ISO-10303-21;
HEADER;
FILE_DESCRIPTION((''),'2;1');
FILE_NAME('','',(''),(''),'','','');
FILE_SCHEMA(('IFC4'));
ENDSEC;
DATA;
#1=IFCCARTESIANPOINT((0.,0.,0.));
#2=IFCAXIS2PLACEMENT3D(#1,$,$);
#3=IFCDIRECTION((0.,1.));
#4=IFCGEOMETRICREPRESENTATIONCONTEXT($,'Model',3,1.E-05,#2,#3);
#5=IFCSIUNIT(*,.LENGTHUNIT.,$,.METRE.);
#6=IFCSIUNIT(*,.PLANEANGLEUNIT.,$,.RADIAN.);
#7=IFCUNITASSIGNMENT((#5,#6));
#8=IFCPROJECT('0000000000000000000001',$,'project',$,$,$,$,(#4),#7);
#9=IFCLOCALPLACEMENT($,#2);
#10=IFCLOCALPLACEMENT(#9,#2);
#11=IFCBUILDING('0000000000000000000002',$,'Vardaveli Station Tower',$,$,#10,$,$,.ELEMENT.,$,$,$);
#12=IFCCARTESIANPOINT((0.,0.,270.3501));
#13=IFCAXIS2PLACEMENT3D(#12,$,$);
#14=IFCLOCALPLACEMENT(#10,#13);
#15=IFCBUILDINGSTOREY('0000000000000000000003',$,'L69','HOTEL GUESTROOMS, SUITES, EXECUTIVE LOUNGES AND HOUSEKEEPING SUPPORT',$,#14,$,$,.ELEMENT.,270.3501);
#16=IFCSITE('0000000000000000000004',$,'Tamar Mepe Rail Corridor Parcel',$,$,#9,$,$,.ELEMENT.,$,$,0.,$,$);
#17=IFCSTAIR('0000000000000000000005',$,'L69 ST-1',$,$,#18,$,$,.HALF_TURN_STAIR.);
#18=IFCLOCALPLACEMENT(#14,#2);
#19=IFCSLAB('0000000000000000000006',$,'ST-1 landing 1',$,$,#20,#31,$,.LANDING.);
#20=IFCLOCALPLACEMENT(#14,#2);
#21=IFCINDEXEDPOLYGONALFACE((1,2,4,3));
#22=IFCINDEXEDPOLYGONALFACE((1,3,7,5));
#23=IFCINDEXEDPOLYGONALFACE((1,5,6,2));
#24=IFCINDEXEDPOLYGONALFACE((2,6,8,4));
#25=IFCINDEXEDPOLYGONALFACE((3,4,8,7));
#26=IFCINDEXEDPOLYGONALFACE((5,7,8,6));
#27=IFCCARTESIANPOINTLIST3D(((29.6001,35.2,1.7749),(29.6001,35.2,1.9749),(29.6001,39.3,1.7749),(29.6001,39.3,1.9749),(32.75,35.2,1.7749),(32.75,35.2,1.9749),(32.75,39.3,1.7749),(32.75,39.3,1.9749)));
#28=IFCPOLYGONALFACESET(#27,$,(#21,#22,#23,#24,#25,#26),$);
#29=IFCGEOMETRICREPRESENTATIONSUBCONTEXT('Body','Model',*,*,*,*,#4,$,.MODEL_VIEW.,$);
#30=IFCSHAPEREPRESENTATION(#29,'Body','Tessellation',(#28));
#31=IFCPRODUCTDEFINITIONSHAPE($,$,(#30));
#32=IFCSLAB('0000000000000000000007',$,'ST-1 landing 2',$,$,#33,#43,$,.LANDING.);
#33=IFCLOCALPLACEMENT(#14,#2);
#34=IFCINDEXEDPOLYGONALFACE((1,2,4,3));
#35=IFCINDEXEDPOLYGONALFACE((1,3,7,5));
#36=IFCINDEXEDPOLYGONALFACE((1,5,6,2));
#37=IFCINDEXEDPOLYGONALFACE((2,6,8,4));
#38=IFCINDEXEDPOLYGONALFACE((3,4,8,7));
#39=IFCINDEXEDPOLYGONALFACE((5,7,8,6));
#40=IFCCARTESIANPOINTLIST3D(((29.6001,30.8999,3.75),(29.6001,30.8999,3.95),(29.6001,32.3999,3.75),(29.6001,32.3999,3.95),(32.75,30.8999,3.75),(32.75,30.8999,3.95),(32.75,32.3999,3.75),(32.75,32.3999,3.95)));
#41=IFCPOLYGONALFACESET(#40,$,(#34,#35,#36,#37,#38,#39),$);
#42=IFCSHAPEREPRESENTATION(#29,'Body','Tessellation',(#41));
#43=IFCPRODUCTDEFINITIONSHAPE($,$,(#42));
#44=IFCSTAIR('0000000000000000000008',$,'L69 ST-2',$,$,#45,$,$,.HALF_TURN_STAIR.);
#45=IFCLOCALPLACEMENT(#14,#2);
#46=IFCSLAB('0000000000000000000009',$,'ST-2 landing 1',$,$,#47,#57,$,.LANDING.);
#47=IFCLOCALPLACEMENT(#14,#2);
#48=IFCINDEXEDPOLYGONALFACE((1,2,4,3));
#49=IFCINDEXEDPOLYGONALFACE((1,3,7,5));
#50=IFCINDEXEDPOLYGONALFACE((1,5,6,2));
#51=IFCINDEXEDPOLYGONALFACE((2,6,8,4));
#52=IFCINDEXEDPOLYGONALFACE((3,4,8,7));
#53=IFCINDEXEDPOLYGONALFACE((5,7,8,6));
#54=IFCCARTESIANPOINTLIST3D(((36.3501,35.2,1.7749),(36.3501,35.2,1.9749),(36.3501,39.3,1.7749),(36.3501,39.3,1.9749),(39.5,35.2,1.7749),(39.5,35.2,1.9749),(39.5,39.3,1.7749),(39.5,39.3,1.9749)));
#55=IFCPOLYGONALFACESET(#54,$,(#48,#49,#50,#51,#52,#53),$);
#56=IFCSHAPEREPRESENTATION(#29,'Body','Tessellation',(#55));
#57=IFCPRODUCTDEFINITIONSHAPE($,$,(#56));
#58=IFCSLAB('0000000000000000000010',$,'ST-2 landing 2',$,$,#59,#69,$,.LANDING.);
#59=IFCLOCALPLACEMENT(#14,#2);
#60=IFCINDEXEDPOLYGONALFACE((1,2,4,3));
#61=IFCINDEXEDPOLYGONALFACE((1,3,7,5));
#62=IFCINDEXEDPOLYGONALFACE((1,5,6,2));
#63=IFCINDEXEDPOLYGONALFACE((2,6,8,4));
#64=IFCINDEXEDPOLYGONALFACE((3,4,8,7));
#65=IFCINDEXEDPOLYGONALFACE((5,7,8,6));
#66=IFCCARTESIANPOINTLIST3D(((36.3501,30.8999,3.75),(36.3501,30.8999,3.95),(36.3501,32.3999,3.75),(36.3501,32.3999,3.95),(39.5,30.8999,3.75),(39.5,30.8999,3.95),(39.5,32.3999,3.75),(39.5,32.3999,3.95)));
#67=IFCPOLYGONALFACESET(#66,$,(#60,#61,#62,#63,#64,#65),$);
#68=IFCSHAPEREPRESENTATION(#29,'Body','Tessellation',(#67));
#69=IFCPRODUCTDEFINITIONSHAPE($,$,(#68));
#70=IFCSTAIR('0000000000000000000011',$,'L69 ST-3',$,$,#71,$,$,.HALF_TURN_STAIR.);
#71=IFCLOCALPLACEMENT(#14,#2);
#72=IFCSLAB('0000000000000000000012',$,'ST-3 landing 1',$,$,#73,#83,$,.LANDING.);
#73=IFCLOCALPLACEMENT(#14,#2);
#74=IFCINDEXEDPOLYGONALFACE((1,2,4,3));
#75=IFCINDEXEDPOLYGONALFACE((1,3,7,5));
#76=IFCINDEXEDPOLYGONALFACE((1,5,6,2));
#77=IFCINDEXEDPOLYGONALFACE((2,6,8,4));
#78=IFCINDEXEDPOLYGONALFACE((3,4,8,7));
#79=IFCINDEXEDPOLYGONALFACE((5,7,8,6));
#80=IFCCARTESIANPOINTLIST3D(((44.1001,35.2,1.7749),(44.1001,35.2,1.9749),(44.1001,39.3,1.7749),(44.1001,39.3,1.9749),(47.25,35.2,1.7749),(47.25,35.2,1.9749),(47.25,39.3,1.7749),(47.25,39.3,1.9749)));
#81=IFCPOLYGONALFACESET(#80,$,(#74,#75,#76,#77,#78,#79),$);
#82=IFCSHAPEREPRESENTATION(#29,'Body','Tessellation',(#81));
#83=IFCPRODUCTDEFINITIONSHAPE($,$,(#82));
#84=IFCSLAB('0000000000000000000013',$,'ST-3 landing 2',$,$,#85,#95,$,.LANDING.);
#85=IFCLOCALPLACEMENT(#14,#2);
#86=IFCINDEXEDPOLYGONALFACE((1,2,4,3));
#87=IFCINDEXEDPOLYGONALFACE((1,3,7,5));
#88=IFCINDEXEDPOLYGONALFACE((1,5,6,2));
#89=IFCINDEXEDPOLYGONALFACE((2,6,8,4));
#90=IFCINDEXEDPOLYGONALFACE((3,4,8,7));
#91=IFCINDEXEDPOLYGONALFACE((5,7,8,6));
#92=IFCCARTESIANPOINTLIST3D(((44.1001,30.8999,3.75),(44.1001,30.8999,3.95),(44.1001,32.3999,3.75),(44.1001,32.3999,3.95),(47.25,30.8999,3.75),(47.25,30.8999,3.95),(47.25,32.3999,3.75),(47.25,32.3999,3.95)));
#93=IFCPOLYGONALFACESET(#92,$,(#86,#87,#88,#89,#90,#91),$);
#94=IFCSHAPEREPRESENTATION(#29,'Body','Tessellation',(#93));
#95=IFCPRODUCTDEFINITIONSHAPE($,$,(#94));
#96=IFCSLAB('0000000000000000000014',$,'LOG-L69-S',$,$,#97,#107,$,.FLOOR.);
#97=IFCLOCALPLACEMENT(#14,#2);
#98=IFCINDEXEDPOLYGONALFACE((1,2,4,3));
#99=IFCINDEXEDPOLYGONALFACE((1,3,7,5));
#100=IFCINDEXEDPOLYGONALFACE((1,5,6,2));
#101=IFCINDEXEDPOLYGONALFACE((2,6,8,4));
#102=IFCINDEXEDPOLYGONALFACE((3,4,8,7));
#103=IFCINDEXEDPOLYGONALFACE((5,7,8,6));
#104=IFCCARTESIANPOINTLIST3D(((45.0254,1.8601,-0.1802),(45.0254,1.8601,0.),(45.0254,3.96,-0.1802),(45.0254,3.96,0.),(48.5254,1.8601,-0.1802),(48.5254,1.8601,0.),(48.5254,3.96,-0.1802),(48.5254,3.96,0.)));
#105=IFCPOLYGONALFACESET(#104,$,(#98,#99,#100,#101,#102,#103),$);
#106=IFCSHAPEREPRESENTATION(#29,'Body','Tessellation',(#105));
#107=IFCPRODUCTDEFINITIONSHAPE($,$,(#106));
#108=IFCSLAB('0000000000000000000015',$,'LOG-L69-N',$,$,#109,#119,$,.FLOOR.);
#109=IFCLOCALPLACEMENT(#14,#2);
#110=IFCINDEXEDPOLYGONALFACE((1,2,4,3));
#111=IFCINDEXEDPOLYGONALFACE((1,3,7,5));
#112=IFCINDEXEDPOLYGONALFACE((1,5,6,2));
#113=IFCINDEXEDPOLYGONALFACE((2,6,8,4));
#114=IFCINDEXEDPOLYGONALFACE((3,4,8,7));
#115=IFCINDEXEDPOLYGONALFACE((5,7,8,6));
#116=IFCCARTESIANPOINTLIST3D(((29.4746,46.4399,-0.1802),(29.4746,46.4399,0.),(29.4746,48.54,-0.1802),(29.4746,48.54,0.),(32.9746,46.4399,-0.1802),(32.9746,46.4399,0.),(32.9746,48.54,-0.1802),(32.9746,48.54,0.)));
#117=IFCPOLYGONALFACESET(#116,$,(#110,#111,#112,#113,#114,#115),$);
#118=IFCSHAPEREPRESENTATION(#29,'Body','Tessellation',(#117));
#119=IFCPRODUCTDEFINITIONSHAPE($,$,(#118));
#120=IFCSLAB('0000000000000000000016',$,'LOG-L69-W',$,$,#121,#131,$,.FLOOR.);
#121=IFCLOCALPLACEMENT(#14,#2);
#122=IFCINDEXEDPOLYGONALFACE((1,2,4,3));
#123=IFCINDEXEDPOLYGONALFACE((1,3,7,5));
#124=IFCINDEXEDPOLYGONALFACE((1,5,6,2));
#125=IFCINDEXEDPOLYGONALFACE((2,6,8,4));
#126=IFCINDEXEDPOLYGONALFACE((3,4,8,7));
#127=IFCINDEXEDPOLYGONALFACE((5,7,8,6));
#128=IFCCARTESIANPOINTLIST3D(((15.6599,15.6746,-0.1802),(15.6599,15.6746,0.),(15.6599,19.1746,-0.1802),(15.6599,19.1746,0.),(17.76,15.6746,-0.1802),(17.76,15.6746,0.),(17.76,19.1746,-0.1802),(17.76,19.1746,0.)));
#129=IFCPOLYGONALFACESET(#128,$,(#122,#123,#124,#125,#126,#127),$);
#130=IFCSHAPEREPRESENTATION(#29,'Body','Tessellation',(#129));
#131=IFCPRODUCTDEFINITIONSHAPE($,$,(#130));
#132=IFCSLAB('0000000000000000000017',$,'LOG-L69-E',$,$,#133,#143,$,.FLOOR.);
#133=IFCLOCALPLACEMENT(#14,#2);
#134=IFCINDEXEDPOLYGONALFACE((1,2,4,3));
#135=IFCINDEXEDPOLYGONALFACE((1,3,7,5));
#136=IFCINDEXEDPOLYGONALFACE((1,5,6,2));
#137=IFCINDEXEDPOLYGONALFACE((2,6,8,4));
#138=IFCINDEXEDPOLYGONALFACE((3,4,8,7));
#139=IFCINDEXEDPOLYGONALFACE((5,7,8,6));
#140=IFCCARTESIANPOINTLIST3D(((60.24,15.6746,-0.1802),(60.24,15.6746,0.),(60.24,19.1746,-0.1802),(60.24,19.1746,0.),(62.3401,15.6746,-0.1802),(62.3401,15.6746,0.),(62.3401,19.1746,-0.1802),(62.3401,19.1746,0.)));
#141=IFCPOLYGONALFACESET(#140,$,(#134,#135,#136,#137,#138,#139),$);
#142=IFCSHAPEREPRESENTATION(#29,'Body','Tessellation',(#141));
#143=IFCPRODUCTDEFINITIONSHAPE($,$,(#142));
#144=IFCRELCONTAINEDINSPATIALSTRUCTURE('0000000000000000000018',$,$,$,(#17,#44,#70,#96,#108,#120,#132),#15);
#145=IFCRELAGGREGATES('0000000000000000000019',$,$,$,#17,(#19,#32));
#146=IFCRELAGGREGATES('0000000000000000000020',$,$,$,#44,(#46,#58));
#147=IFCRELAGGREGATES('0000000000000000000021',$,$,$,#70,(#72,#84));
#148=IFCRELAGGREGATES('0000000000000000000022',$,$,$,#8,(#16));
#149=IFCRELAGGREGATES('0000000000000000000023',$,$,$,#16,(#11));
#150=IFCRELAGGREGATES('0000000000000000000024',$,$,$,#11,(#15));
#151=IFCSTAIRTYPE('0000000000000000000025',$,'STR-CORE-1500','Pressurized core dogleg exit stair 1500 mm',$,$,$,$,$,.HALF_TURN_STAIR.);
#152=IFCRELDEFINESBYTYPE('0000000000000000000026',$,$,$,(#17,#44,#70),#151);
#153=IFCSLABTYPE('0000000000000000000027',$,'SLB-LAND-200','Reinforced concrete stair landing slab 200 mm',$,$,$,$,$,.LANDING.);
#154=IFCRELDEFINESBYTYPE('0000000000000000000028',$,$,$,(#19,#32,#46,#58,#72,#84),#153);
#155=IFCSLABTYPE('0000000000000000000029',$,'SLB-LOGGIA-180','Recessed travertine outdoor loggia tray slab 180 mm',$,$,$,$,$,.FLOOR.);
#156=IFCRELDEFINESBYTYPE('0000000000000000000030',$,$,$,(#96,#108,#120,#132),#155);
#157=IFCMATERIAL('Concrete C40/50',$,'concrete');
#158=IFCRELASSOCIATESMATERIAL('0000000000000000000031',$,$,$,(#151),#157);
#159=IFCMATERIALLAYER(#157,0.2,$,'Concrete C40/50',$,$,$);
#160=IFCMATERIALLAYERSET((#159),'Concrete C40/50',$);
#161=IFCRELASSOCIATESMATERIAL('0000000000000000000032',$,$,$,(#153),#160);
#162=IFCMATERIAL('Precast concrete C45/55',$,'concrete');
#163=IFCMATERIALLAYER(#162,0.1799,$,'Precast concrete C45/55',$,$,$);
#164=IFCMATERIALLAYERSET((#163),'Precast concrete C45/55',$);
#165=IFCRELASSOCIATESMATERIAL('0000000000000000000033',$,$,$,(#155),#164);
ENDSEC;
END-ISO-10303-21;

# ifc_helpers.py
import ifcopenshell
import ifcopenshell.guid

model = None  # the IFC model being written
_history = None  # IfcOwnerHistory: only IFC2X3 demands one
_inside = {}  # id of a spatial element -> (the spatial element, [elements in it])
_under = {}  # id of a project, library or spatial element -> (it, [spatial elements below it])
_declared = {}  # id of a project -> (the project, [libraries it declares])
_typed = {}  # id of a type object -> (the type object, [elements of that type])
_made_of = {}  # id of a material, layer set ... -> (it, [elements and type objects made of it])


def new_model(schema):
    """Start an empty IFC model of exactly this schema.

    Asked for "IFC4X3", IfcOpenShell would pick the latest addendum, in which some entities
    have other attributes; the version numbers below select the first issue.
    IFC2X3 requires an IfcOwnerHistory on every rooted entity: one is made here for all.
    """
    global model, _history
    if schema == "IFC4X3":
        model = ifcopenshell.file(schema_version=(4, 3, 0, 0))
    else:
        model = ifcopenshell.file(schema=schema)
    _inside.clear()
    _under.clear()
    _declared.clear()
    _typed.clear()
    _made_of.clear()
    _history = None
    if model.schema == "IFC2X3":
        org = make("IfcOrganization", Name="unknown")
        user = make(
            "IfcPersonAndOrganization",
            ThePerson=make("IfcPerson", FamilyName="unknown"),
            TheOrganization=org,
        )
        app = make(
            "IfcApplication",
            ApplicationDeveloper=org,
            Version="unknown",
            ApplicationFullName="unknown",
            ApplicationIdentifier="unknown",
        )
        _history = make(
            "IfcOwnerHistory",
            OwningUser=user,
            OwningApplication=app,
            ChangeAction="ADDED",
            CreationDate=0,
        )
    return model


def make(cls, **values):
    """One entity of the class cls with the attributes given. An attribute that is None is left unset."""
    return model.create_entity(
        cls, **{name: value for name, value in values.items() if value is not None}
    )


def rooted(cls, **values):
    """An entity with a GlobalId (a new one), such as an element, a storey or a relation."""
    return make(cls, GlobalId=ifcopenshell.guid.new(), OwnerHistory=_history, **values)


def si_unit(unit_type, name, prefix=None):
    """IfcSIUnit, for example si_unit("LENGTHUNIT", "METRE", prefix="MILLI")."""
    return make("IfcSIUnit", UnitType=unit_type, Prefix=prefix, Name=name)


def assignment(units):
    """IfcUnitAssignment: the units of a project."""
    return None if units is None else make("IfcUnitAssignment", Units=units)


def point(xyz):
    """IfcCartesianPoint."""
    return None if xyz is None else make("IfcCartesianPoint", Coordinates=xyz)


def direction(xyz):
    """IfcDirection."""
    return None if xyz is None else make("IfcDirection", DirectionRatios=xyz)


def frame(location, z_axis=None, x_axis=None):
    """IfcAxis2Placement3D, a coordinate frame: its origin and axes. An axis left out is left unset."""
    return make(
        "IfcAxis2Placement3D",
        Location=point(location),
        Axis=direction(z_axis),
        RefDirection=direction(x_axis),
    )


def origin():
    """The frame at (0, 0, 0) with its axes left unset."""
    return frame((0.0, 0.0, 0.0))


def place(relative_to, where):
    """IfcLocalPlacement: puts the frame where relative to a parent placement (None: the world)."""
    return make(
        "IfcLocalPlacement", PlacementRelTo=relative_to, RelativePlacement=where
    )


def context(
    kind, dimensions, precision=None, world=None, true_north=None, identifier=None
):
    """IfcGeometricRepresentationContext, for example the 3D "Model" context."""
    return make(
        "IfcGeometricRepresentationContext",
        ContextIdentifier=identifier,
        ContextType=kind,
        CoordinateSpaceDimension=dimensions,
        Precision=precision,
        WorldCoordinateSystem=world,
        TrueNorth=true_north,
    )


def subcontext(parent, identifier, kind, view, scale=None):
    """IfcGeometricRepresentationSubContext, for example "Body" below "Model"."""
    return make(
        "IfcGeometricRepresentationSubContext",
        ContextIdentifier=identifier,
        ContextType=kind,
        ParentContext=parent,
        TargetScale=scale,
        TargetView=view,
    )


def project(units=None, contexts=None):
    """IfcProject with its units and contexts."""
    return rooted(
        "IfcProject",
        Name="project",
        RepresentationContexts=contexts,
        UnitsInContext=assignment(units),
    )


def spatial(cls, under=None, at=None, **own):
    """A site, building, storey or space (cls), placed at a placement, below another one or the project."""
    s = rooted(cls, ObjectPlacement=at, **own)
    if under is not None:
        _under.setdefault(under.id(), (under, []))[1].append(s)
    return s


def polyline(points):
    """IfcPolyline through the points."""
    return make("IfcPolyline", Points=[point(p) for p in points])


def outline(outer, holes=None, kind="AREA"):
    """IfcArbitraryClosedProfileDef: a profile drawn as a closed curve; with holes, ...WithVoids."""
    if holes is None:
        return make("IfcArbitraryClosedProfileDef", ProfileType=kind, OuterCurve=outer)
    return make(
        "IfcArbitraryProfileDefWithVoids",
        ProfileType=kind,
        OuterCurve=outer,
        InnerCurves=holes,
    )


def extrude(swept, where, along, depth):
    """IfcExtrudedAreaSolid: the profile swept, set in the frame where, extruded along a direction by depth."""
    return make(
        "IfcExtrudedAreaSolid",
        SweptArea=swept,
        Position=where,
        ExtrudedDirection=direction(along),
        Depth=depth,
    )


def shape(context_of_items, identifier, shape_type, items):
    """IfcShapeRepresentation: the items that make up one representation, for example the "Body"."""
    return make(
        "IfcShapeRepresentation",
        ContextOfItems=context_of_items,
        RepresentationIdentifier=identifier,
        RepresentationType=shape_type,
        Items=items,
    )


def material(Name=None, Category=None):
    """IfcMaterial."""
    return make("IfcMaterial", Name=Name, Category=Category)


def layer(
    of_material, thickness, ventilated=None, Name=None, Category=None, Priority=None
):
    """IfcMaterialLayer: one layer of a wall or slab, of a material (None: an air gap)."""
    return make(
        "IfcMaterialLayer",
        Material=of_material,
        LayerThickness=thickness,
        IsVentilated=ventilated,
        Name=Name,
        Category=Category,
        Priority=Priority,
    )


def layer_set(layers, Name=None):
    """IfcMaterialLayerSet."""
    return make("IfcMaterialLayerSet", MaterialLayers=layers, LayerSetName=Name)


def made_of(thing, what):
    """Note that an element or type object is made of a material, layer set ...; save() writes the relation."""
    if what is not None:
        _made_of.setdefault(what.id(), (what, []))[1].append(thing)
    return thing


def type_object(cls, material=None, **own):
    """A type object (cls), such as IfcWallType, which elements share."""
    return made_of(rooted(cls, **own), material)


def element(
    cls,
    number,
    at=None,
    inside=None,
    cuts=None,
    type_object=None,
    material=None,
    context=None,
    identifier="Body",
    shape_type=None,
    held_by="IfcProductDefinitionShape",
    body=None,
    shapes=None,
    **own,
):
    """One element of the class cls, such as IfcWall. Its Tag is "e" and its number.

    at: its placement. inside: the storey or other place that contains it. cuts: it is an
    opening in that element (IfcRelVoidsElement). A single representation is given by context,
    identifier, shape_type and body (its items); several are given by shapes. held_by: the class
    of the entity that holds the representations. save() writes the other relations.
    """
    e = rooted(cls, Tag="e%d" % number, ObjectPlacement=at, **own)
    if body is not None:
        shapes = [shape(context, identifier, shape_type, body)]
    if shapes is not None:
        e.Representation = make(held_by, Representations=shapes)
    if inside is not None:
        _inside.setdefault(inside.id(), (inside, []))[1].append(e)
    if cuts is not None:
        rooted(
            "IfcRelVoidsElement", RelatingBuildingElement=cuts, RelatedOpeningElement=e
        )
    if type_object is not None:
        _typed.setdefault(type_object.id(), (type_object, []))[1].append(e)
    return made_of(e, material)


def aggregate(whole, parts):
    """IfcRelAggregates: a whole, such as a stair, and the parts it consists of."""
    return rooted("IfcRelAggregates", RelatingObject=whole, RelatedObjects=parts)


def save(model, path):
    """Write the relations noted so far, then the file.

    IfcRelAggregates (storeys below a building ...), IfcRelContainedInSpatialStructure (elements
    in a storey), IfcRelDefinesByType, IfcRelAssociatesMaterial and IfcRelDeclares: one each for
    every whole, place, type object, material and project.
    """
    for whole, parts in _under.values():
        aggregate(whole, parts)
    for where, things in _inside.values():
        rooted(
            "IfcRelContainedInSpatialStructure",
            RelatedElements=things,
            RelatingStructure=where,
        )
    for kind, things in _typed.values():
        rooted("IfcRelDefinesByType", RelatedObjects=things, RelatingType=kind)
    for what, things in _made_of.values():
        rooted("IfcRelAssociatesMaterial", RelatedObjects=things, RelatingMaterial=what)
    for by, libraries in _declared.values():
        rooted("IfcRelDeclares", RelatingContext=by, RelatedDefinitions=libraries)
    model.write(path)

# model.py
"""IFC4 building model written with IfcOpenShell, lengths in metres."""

from ifc_helpers import new_model, si_unit, direction, frame, origin, place, context, subcontext, project, spatial, polyline, outline, extrude, material, layer, layer_set, type_object, element, aggregate, save


model = new_model("IFC4")

# Units and contexts
model_context = context("Model", 3, precision=1e-05, world=origin(), true_north=direction((0.0, 1.0)))
body_context = subcontext(model_context, "Body", "Model", "MODEL_VIEW")
ifc_project = project(units=[si_unit("LENGTHUNIT", "METRE"), si_unit("PLANEANGLEUNIT", "RADIAN")], contexts=[model_context])

# Site, building, storey
site_placement = place(None, origin())
site = spatial("IfcSite", under=ifc_project, at=site_placement, Name="Tamar Mepe Rail Corridor Parcel", CompositionType="ELEMENT", RefElevation=0.0)
building_placement = place(site_placement, origin())
building = spatial("IfcBuilding", under=site, at=building_placement, Name="Vardaveli Station Tower", CompositionType="ELEMENT")
storey_placement = place(building_placement, frame((0.0, 0.0, 270.3501)))
storey = spatial("IfcBuildingStorey", under=building, at=storey_placement, Name="L69", Description="HOTEL GUESTROOMS, SUITES, EXECUTIVE LOUNGES AND HOUSEKEEPING SUPPORT", CompositionType="ELEMENT", Elevation=270.3501)

# Stairs, slabs
ifc_material_1 = material(Name="Concrete C40/50", Category="concrete")
stair_type = type_object("IfcStairType", Name="STR-CORE-1500", Description="Pressurized core dogleg exit stair 1500 mm", PredefinedType="HALF_TURN_STAIR", material=ifc_material_1)
stair_1_placement = place(storey_placement, origin())
stair_1 = element("IfcStair", 1, at=stair_1_placement, inside=storey, type_object=stair_type, Name="L69 ST-1", PredefinedType="HALF_TURN_STAIR")
ifc_layer_1 = layer(ifc_material_1, 0.2, Name="Concrete C40/50")
ifc_layer_set_1 = layer_set([ifc_layer_1], Name="Concrete C40/50")
slab_type_1 = type_object("IfcSlabType", Name="SLB-LAND-200", Description="Reinforced concrete stair landing slab 200 mm", PredefinedType="LANDING", material=ifc_layer_set_1)
slab_1_placement = place(storey_placement, frame((0.0, 0.0, 1.7749)))
slab_1 = element("IfcSlab", 2, at=slab_1_placement, type_object=slab_type_1, Name="ST-1 landing 1", PredefinedType="LANDING", context=body_context, shape_type="SweptSolid", body=[
    extrude(outline(polyline([(32.75, 35.2), (32.75, 39.3), (29.6001, 39.3), (29.6001, 35.2), (32.75, 35.2)])), origin(), (0.0, 0.0, 1.0), 0.2),
])
slab_2_placement = place(storey_placement, frame((0.0, 0.0, 3.75)))
slab_2 = element("IfcSlab", 3, at=slab_2_placement, type_object=slab_type_1, Name="ST-1 landing 2", PredefinedType="LANDING", context=body_context, shape_type="SweptSolid", body=[
    extrude(outline(polyline([(32.75, 30.8999), (32.75, 32.3999), (29.6001, 32.3999), (29.6001, 30.8999), (32.75, 30.8999)])), origin(), (0.0, 0.0, 1.0), 0.2),
])
aggregate(stair_1, [slab_1, slab_2])
stair_2_placement = place(storey_placement, origin())
stair_2 = element("IfcStair", 4, at=stair_2_placement, inside=storey, type_object=stair_type, Name="L69 ST-2", PredefinedType="HALF_TURN_STAIR")
slab_3_placement = place(storey_placement, frame((0.0, 0.0, 1.7749)))
slab_3 = element("IfcSlab", 5, at=slab_3_placement, type_object=slab_type_1, Name="ST-2 landing 1", PredefinedType="LANDING", context=body_context, shape_type="SweptSolid", body=[
    extrude(outline(polyline([(39.5, 35.2), (39.5, 39.3), (36.3501, 39.3), (36.3501, 35.2), (39.5, 35.2)])), origin(), (0.0, 0.0, 1.0), 0.2),
])
slab_4_placement = place(storey_placement, frame((0.0, 0.0, 3.75)))
slab_4 = element("IfcSlab", 6, at=slab_4_placement, type_object=slab_type_1, Name="ST-2 landing 2", PredefinedType="LANDING", context=body_context, shape_type="SweptSolid", body=[
    extrude(outline(polyline([(39.5, 30.8999), (39.5, 32.3999), (36.3501, 32.3999), (36.3501, 30.8999), (39.5, 30.8999)])), origin(), (0.0, 0.0, 1.0), 0.2),
])
aggregate(stair_2, [slab_3, slab_4])
stair_3_placement = place(storey_placement, origin())
stair_3 = element("IfcStair", 7, at=stair_3_placement, inside=storey, type_object=stair_type, Name="L69 ST-3", PredefinedType="HALF_TURN_STAIR")
slab_5_placement = place(storey_placement, frame((0.0, 0.0, 1.7749)))
slab_5 = element("IfcSlab", 8, at=slab_5_placement, type_object=slab_type_1, Name="ST-3 landing 1", PredefinedType="LANDING", context=body_context, shape_type="SweptSolid", body=[
    extrude(outline(polyline([(47.25, 35.2), (47.25, 39.3), (44.1001, 39.3), (44.1001, 35.2), (47.25, 35.2)])), origin(), (0.0, 0.0, 1.0), 0.2),
])
slab_6_placement = place(storey_placement, frame((0.0, 0.0, 3.75)))
slab_6 = element("IfcSlab", 9, at=slab_6_placement, type_object=slab_type_1, Name="ST-3 landing 2", PredefinedType="LANDING", context=body_context, shape_type="SweptSolid", body=[
    extrude(outline(polyline([(47.25, 30.8999), (47.25, 32.3999), (44.1001, 32.3999), (44.1001, 30.8999), (47.25, 30.8999)])), origin(), (0.0, 0.0, 1.0), 0.2),
])
aggregate(stair_3, [slab_5, slab_6])

# Slabs
ifc_material_2 = material(Name="Precast concrete C45/55", Category="concrete")
ifc_layer_2 = layer(ifc_material_2, 0.1799, Name="Precast concrete C45/55")
ifc_layer_set_2 = layer_set([ifc_layer_2], Name="Precast concrete C45/55")
slab_type_2 = type_object("IfcSlabType", Name="SLB-LOGGIA-180", Description="Recessed travertine outdoor loggia tray slab 180 mm", PredefinedType="FLOOR", material=ifc_layer_set_2)
slab_7_placement = place(storey_placement, frame((0.0, 0.0, -0.1802)))
element("IfcSlab", 10, at=slab_7_placement, inside=storey, type_object=slab_type_2, Name="LOG-L69-S", PredefinedType="FLOOR", context=body_context, shape_type="SweptSolid", body=[
    extrude(outline(polyline([(45.0254, 1.8601), (48.5254, 1.8601), (48.5254, 3.96), (45.0254, 3.96), (45.0254, 1.8601)])), origin(), (0.0, 0.0, 1.0), 0.1802),
])
slab_8_placement = place(storey_placement, frame((0.0, 0.0, -0.1802)))
element("IfcSlab", 11, at=slab_8_placement, inside=storey, type_object=slab_type_2, Name="LOG-L69-N", PredefinedType="FLOOR", context=body_context, shape_type="SweptSolid", body=[
    extrude(outline(polyline([(29.4746, 46.4399), (32.9746, 46.4399), (32.9746, 48.54), (29.4746, 48.54), (29.4746, 46.4399)])), origin(), (0.0, 0.0, 1.0), 0.1802),
])
slab_9_placement = place(storey_placement, frame((0.0, 0.0, -0.1802)))
element("IfcSlab", 12, at=slab_9_placement, inside=storey, type_object=slab_type_2, Name="LOG-L69-W", PredefinedType="FLOOR", context=body_context, shape_type="SweptSolid", body=[
    extrude(outline(polyline([(15.6599, 15.6746), (17.76, 15.6746), (17.76, 19.1746), (15.6599, 19.1746), (15.6599, 15.6746)])), origin(), (0.0, 0.0, 1.0), 0.1802),
])
slab_10_placement = place(storey_placement, frame((0.0, 0.0, -0.1802)))
element("IfcSlab", 13, at=slab_10_placement, inside=storey, type_object=slab_type_2, Name="LOG-L69-E", PredefinedType="FLOOR", context=body_context, shape_type="SweptSolid", body=[
    extrude(outline(polyline([(60.24, 15.6746), (62.3401, 15.6746), (62.3401, 19.1746), (60.24, 19.1746), (60.24, 15.6746)])), origin(), (0.0, 0.0, 1.0), 0.1802),
])

save(model, "model.ifc")
